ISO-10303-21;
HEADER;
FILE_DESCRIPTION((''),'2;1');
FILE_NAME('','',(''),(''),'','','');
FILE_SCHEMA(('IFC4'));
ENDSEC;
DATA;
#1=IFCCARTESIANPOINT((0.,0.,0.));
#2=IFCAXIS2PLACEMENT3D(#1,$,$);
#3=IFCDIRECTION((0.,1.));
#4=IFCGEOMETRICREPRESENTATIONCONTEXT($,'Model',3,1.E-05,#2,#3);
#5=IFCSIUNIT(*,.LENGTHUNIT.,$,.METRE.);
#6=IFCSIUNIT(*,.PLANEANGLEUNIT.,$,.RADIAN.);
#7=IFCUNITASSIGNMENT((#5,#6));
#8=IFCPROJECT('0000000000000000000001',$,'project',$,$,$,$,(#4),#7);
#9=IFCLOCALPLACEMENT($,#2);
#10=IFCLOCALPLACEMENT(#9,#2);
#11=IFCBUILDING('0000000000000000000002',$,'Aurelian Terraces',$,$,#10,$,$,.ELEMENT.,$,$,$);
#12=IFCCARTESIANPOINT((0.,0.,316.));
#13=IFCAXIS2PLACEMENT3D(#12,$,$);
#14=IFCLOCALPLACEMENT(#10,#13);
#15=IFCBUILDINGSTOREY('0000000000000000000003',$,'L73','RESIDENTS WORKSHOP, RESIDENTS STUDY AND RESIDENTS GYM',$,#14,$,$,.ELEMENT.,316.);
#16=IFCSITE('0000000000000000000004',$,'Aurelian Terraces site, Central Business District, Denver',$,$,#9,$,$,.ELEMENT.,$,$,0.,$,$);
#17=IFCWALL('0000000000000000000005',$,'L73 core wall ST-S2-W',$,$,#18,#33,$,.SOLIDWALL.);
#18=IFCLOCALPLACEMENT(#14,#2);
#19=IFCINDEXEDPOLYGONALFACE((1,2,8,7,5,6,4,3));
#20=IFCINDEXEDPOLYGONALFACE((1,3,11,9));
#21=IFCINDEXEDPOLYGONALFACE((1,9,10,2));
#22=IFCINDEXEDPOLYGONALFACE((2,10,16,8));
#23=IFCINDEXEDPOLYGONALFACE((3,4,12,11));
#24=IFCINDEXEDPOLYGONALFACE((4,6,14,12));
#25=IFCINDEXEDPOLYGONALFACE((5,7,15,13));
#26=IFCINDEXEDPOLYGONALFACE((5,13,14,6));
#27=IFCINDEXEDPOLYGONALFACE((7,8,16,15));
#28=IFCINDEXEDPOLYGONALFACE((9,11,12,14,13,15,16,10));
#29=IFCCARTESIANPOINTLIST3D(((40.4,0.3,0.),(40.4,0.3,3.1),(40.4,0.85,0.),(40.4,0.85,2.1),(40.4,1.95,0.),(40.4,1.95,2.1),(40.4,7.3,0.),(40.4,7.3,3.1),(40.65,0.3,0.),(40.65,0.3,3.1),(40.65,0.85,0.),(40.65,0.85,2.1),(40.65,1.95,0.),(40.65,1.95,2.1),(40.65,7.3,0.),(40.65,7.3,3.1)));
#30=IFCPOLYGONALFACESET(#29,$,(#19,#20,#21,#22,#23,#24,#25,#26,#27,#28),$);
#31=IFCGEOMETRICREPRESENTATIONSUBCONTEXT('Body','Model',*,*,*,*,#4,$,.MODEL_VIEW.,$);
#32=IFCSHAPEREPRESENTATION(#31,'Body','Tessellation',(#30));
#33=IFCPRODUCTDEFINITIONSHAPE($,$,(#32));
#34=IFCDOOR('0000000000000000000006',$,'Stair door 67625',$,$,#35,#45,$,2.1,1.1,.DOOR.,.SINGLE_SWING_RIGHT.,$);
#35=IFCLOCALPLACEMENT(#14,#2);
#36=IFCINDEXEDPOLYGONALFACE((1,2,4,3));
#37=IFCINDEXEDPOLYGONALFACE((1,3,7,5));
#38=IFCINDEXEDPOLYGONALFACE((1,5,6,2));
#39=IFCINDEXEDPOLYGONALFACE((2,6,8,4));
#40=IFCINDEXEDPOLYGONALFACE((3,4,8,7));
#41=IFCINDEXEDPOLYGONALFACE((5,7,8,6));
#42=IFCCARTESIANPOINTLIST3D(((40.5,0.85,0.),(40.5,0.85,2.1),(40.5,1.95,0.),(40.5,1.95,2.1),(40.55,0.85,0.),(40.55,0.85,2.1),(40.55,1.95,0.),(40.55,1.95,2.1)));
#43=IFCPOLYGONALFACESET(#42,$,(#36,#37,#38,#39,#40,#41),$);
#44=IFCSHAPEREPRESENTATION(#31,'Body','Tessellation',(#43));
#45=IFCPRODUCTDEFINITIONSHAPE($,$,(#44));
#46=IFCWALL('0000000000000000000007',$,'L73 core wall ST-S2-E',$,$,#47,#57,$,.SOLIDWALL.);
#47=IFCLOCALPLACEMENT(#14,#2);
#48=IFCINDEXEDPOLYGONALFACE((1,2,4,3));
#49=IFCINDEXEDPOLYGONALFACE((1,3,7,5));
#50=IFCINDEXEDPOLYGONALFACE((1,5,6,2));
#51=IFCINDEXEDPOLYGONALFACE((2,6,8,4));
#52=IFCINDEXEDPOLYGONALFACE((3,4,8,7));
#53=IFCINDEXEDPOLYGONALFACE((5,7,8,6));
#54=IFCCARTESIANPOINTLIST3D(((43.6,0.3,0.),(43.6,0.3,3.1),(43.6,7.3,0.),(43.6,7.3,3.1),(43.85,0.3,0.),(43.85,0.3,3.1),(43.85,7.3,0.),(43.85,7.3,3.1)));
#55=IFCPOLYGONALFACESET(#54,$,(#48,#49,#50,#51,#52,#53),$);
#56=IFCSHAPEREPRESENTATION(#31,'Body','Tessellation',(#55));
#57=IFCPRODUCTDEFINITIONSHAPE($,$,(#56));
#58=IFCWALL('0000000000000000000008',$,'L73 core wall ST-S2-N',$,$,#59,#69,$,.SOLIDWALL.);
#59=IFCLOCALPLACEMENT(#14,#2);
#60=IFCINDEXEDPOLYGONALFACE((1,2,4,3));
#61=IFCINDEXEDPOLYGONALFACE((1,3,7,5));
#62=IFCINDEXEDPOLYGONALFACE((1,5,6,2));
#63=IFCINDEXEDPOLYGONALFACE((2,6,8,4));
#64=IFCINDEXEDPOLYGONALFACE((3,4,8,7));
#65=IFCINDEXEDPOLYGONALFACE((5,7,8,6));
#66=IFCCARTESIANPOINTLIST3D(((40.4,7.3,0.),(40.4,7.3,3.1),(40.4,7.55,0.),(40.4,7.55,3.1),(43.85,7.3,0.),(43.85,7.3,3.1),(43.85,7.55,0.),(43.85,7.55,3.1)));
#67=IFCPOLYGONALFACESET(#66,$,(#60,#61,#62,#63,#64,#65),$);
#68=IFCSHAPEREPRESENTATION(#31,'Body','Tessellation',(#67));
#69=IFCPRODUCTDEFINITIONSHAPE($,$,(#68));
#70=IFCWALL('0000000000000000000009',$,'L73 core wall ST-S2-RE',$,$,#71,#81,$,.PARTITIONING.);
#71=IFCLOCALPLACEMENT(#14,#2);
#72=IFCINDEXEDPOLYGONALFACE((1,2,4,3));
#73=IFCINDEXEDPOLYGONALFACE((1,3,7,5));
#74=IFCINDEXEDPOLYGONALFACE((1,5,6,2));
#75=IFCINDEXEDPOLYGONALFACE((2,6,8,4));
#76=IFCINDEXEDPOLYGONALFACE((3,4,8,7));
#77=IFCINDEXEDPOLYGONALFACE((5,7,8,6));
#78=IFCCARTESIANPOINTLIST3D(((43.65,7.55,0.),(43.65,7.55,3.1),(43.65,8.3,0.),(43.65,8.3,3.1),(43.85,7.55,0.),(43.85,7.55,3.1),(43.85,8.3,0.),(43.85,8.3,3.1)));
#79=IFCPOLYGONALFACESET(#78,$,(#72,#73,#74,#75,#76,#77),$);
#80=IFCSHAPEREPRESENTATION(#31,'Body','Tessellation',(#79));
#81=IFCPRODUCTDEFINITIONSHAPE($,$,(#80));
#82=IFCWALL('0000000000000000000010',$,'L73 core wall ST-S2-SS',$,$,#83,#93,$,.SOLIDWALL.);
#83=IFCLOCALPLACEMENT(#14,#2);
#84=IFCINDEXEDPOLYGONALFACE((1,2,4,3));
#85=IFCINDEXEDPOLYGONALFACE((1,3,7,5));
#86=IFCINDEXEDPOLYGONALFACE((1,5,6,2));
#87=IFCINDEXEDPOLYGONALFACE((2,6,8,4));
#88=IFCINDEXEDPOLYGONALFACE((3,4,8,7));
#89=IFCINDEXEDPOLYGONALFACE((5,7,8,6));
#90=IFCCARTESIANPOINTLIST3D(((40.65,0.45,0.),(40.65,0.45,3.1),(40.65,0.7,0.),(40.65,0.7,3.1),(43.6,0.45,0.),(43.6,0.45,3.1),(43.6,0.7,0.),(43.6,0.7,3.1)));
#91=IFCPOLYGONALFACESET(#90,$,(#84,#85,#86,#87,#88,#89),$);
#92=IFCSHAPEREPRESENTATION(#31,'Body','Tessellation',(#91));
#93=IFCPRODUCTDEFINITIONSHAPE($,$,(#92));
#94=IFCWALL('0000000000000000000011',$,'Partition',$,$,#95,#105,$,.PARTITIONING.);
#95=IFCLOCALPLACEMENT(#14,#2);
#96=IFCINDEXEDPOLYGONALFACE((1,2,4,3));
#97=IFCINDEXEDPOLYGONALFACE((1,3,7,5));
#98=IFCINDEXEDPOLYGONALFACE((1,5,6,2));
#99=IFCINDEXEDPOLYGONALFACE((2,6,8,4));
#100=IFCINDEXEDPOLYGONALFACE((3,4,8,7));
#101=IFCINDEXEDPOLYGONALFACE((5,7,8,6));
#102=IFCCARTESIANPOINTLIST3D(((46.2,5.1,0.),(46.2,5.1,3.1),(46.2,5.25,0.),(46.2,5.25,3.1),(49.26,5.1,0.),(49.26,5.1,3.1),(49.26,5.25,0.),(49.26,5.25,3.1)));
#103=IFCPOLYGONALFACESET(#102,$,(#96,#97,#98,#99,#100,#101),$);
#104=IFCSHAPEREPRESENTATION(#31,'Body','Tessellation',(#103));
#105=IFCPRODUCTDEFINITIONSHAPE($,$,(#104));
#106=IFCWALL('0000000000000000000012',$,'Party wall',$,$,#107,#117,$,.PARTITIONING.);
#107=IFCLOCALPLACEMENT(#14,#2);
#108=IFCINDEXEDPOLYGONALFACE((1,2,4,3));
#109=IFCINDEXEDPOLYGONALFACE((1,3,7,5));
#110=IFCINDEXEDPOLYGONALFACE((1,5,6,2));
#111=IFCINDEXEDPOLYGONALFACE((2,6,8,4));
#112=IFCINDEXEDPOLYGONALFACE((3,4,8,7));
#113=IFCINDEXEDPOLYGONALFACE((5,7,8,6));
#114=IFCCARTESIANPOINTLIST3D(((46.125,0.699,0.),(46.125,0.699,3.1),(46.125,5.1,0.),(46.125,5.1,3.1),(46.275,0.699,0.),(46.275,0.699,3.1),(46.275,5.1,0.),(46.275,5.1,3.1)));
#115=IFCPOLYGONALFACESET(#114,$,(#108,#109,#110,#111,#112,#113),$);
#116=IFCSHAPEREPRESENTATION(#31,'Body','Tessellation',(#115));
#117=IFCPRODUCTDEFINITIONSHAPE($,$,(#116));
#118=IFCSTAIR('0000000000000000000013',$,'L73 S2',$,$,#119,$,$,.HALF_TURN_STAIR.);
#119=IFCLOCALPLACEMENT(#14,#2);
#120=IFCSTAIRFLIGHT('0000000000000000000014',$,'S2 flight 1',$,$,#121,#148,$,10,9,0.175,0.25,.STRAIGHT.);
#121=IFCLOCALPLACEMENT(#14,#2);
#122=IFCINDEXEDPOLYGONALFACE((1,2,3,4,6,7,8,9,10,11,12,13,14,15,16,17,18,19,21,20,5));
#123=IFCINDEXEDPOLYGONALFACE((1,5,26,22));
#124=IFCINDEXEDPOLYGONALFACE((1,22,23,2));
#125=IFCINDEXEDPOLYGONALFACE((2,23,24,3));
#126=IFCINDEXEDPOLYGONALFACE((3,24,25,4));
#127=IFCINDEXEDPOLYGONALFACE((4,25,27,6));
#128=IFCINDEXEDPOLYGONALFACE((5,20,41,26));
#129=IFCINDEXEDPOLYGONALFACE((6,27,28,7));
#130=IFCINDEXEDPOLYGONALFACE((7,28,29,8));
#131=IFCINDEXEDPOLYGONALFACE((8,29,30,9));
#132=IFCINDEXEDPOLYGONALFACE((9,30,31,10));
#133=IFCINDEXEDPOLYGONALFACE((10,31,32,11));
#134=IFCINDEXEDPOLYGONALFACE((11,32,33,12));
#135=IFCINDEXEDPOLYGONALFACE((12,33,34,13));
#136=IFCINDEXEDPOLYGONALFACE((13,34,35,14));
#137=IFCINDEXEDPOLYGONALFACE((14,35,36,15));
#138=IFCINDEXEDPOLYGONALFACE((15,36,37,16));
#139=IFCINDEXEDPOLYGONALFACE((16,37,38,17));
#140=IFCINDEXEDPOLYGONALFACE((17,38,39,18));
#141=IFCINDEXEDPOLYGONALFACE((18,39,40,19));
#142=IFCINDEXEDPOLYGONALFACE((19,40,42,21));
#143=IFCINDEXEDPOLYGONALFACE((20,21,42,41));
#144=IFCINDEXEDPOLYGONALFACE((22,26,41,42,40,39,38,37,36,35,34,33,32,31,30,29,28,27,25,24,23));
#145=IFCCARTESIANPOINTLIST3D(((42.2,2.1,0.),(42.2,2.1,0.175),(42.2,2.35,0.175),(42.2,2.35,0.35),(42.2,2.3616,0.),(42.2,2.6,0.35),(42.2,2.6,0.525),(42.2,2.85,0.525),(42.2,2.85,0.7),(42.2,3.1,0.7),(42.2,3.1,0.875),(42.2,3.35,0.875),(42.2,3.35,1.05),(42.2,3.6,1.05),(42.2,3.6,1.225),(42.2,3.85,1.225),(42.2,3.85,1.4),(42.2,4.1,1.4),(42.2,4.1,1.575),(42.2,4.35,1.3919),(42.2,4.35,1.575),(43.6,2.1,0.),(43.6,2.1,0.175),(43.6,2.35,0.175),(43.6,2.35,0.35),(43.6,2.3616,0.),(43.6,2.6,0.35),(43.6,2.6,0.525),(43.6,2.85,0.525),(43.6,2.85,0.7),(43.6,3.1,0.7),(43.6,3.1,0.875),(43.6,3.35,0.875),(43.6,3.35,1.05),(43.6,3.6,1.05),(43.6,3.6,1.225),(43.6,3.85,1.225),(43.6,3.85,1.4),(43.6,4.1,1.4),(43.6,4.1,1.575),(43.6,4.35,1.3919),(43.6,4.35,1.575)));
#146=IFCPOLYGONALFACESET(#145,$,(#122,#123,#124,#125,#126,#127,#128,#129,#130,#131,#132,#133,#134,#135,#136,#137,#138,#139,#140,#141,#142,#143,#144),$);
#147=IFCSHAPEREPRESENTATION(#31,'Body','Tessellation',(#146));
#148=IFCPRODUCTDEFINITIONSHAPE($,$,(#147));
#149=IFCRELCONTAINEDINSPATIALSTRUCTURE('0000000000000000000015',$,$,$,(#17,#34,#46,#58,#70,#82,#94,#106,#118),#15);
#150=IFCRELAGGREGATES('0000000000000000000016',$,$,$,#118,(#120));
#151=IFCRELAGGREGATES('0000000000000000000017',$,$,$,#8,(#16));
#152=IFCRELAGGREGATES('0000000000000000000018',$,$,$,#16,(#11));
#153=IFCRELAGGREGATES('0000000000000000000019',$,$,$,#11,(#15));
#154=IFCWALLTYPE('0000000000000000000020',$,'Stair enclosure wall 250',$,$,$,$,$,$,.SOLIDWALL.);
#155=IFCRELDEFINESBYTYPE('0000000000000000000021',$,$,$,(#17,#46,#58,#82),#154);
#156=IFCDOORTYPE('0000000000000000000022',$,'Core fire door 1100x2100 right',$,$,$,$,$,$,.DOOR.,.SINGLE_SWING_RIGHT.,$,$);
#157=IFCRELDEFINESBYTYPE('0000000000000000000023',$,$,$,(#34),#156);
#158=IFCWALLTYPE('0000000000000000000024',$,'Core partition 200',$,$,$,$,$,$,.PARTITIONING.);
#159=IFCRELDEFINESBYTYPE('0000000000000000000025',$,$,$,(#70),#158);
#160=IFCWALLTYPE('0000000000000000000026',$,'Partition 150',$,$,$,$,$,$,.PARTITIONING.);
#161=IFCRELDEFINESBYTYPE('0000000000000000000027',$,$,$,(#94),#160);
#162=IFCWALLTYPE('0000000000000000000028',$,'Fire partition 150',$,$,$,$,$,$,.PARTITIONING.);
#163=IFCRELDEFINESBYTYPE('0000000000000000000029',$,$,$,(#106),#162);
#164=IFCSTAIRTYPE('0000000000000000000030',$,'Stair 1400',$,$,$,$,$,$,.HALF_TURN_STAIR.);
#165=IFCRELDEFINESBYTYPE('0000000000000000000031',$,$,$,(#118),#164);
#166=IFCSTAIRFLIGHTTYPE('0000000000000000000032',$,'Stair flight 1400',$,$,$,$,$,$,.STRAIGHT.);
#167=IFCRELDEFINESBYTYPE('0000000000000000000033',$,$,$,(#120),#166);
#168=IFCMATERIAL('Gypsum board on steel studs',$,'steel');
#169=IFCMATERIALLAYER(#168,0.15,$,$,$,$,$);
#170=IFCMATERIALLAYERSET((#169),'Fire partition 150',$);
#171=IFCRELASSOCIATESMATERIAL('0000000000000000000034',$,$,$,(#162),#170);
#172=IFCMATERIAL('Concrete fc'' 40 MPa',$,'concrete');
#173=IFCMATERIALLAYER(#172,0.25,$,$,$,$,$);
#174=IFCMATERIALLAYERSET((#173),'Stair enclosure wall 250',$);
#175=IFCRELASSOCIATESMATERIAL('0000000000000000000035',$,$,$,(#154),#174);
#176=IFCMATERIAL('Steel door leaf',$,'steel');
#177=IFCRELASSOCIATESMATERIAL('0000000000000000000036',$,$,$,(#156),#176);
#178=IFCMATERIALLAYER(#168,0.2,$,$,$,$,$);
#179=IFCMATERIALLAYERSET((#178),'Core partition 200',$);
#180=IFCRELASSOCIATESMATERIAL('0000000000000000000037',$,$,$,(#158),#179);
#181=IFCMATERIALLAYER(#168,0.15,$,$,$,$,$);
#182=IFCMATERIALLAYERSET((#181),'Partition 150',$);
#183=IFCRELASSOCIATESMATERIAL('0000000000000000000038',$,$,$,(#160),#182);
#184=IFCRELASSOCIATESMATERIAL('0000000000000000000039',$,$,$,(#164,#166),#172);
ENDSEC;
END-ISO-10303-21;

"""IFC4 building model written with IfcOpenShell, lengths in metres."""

from ifc_helpers import new_model, si_unit, direction, frame, frame_2d, origin, place, context, subcontext, project, spatial, polyline, rectangle, outline, extrude, source, transform, mapped, material, layer, layer_set, type_object, element, fill, aggregate, save


model = new_model("IFC4")

# Units and contexts
model_context = context("Model", 3, precision=1e-05, world=origin(), true_north=direction((0.0, 1.0)))
body_context = subcontext(model_context, "Body", "Model", "MODEL_VIEW")
ifc_project = project(units=[si_unit("LENGTHUNIT", "METRE"), si_unit("PLANEANGLEUNIT", "RADIAN")], contexts=[model_context])

# Site, building, storey
site_placement = place(None, origin())
site = spatial("IfcSite", under=ifc_project, at=site_placement, Name="Aurelian Terraces site, Central Business District, Denver", CompositionType="ELEMENT", RefElevation=0.0)
building_placement = place(site_placement, origin())
building = spatial("IfcBuilding", under=site, at=building_placement, Name="Aurelian Terraces", CompositionType="ELEMENT")
storey_placement = place(building_placement, frame((0.0, 0.0, 316.0)))
storey = spatial("IfcBuildingStorey", under=building, at=storey_placement, Name="L73", Description="RESIDENTS WORKSHOP, RESIDENTS STUDY AND RESIDENTS GYM", CompositionType="ELEMENT", Elevation=316.0)

# Shared definitions
ifc_material_1 = material(Name="Gypsum board on steel studs", Category="steel")
ifc_layer_1 = layer(ifc_material_1, 0.15)
ifc_layer_set_1 = layer_set([ifc_layer_1], Name="Fire partition 150")
wall_type_1 = type_object("IfcWallType", Name="Fire partition 150", PredefinedType="PARTITIONING", material=ifc_layer_set_1)

# Wall, opening, door
ifc_material_2 = material(Name="Concrete fc' 40 MPa", Category="concrete")
ifc_layer_2 = layer(ifc_material_2, 0.25)
ifc_layer_set_2 = layer_set([ifc_layer_2], Name="Stair enclosure wall 250")
wall_type_2 = type_object("IfcWallType", Name="Stair enclosure wall 250", PredefinedType="SOLIDWALL", material=ifc_layer_set_2)
shared_shape_1 = source(origin(), body_context, "Body", "SweptSolid", [
    extrude(rectangle(XDim=7.0, YDim=0.25, at=frame_2d((3.5, 0.0))), origin(), (0.0, 0.0, 1.0), 3.1),
])
wall_1_placement = place(storey_placement, frame((40.525, 0.3, 0.0), z_axis=(0.0, 0.0, 1.0), x_axis=(0.0, 1.0, 0.0)))
wall_1 = element("IfcWall", 1, at=wall_1_placement, inside=storey, type_object=wall_type_2, Name="L73 core wall ST-S2-W", PredefinedType="SOLIDWALL", context=body_context, shape_type="MappedRepresentation", body=[
    mapped(shared_shape_1, transform((0.0, 0.0, 0.0), scale=1.0)),
])
shared_shape_2 = source(origin(), body_context, "Body", "SweptSolid", [
    extrude(rectangle(XDim=1.1, YDim=2.1, at=frame_2d((0.55, 1.05))), frame((0.0, 0.135, 0.0), z_axis=(0.0, -1.0, 0.0), x_axis=(1.0, 0.0, 0.0)), (0.0, 0.0, 1.0), 0.27),
])
opening_1_placement = place(wall_1_placement, frame((0.55, 0.0, 0.0)))
opening_1 = element("IfcOpeningElement", 2, at=opening_1_placement, cuts=wall_1, PredefinedType="OPENING", context=body_context, shape_type="MappedRepresentation", body=[
    mapped(shared_shape_2, transform((0.0, 0.0, 0.0), scale=1.0)),
])
ifc_material_3 = material(Name="Steel door leaf", Category="steel")
door_type = type_object("IfcDoorType", Name="Core fire door 1100x2100 right", OperationType="SINGLE_SWING_RIGHT", PredefinedType="DOOR", material=ifc_material_3)
shared_shape_3 = source(origin(), body_context, "Body", "SweptSolid", [
    extrude(rectangle(XDim=1.1, YDim=2.1, at=frame_2d((0.55, 1.05))), frame((0.0, 0.025, 0.0), z_axis=(0.0, -1.0, 0.0), x_axis=(1.0, 0.0, 0.0)), (0.0, 0.0, 1.0), 0.05),
])
door_placement = place(opening_1_placement, origin())
door = element("IfcDoor", 3, at=door_placement, inside=storey, type_object=door_type, Name="Stair door 67625", OperationType="SINGLE_SWING_RIGHT", OverallHeight=2.1, OverallWidth=1.1, PredefinedType="DOOR", context=body_context, shape_type="MappedRepresentation", body=[
    mapped(shared_shape_3, transform((0.0, 0.0, 0.0), scale=1.0)),
])
fill(opening_1, door)

# Walls
wall_2_placement = place(storey_placement, frame((43.725, 0.3, 0.0), z_axis=(0.0, 0.0, 1.0), x_axis=(0.0, 1.0, 0.0)))
element("IfcWall", 4, at=wall_2_placement, inside=storey, type_object=wall_type_2, Name="L73 core wall ST-S2-E", PredefinedType="SOLIDWALL", context=body_context, shape_type="MappedRepresentation", body=[
    mapped(shared_shape_1, transform((0.0, 0.0, 0.0), scale=1.0)),
])
shared_shape_4 = source(origin(), body_context, "Body", "SweptSolid", [
    extrude(rectangle(XDim=3.45, YDim=0.25, at=frame_2d((1.725, 0.0))), origin(), (0.0, 0.0, 1.0), 3.1),
])
wall_3_placement = place(storey_placement, frame((40.4, 7.425, 0.0), z_axis=(0.0, 0.0, 1.0), x_axis=(1.0, 0.0, 0.0)))
element("IfcWall", 5, at=wall_3_placement, inside=storey, type_object=wall_type_2, Name="L73 core wall ST-S2-N", PredefinedType="SOLIDWALL", context=body_context, shape_type="MappedRepresentation", body=[
    mapped(shared_shape_4, transform((0.0, 0.0, 0.0), scale=1.0)),
])
ifc_layer_3 = layer(ifc_material_1, 0.2)
ifc_layer_set_3 = layer_set([ifc_layer_3], Name="Core partition 200")
wall_type_3 = type_object("IfcWallType", Name="Core partition 200", PredefinedType="PARTITIONING", material=ifc_layer_set_3)
shared_shape_5 = source(origin(), body_context, "Body", "SweptSolid", [
    extrude(rectangle(XDim=0.75, YDim=0.2, at=frame_2d((0.375, 0.0))), origin(), (0.0, 0.0, 1.0), 3.1),
])
wall_4_placement = place(storey_placement, frame((43.75, 7.55, 0.0), z_axis=(0.0, 0.0, 1.0), x_axis=(0.0, 1.0, 0.0)))
element("IfcWall", 6, at=wall_4_placement, inside=storey, type_object=wall_type_3, Name="L73 core wall ST-S2-RE", PredefinedType="PARTITIONING", context=body_context, shape_type="MappedRepresentation", body=[
    mapped(shared_shape_5, transform((0.0, 0.0, 0.0), scale=1.0)),
])
shared_shape_6 = source(origin(), body_context, "Body", "SweptSolid", [
    extrude(rectangle(XDim=2.95, YDim=0.25, at=frame_2d((1.475, 0.0))), origin(), (0.0, 0.0, 1.0), 3.1),
])
wall_5_placement = place(storey_placement, frame((40.65, 0.575, 0.0), z_axis=(0.0, 0.0, 1.0), x_axis=(1.0, 0.0, 0.0)))
element("IfcWall", 7, at=wall_5_placement, inside=storey, type_object=wall_type_2, Name="L73 core wall ST-S2-SS", PredefinedType="SOLIDWALL", context=body_context, shape_type="MappedRepresentation", body=[
    mapped(shared_shape_6, transform((0.0, 0.0, 0.0), scale=1.0)),
])
ifc_layer_4 = layer(ifc_material_1, 0.15)
ifc_layer_set_4 = layer_set([ifc_layer_4], Name="Partition 150")
wall_type_4 = type_object("IfcWallType", Name="Partition 150", PredefinedType="PARTITIONING", material=ifc_layer_set_4)
shared_shape_7 = source(origin(), body_context, "Body", "SweptSolid", [
    extrude(rectangle(XDim=3.06, YDim=0.15, at=frame_2d((1.53, 0.0))), origin(), (0.0, 0.0, 1.0), 3.1),
])
wall_6_placement = place(storey_placement, frame((49.26, 5.175, 0.0), z_axis=(0.0, 0.0, 1.0), x_axis=(-1.0, 0.0, 0.0)))
element("IfcWall", 8, at=wall_6_placement, inside=storey, type_object=wall_type_4, Name="Partition", PredefinedType="PARTITIONING", context=body_context, shape_type="MappedRepresentation", body=[
    mapped(shared_shape_7, transform((0.0, 0.0, 0.0), scale=1.0)),
])
shared_shape_8 = source(origin(), body_context, "Body", "SweptSolid", [
    extrude(rectangle(XDim=4.401, YDim=0.15, at=frame_2d((2.2005, 0.0))), origin(), (0.0, 0.0, 1.0), 3.1),
])
wall_7_placement = place(storey_placement, frame((46.2, 0.699, 0.0), z_axis=(0.0, 0.0, 1.0), x_axis=(0.0, 1.0, 0.0)))
element("IfcWall", 9, at=wall_7_placement, inside=storey, type_object=wall_type_1, Name="Party wall", PredefinedType="PARTITIONING", context=body_context, shape_type="MappedRepresentation", body=[
    mapped(shared_shape_8, transform((0.0, 0.0, 0.0), scale=1.0)),
])

# Stair, stair flight
stair_type = type_object("IfcStairType", Name="Stair 1400", PredefinedType="HALF_TURN_STAIR", material=ifc_material_2)
stair_placement = place(storey_placement, origin())
stair = element("IfcStair", 10, at=stair_placement, inside=storey, type_object=stair_type, Name="L73 S2", PredefinedType="HALF_TURN_STAIR")
stair_flight_type = type_object("IfcStairFlightType", Name="Stair flight 1400", PredefinedType="STRAIGHT", material=ifc_material_2)
shared_shape_9 = source(origin(), body_context, "Body", "SweptSolid", [
    extrude(outline(polyline([(0.0, 0.0), (0.0, 0.175), (0.25, 0.175), (0.25, 0.35), (0.5, 0.35), (0.5, 0.525), (0.75, 0.525), (0.75, 0.7), (1.0, 0.7), (1.0, 0.875), (1.25, 0.875), (1.25, 1.05), (1.5, 1.05), (1.5, 1.225), (1.75, 1.225), (1.75, 1.4), (2.0, 1.4), (2.0, 1.575), (2.25, 1.575), (2.25, 1.75), (2.25, 1.3919), (0.2616, 0.0), (0.0, 0.0)])), frame((0.0, 0.7, 0.0), z_axis=(0.0, -1.0, 0.0), x_axis=(1.0, 0.0, 0.0)), (0.0, 0.0, 1.0), 1.4),
])
stair_flight_1_placement = place(storey_placement, frame((42.9, 2.1, 0.0), z_axis=(0.0, 0.0, 1.0), x_axis=(0.0, 1.0, 0.0)))
stair_flight_1 = element("IfcStairFlight", 11, at=stair_flight_1_placement, type_object=stair_flight_type, Name="S2 flight 1", NumberOfRisers=10, NumberOfTreads=9, PredefinedType="STRAIGHT", RiserHeight=0.175, TreadLength=0.25, context=body_context, shape_type="MappedRepresentation", body=[
    mapped(shared_shape_9, transform((0.0, 0.0, 0.0), scale=1.0)),
])
aggregate(stair, [stair_flight_1])

save(model, "model.ifc")
